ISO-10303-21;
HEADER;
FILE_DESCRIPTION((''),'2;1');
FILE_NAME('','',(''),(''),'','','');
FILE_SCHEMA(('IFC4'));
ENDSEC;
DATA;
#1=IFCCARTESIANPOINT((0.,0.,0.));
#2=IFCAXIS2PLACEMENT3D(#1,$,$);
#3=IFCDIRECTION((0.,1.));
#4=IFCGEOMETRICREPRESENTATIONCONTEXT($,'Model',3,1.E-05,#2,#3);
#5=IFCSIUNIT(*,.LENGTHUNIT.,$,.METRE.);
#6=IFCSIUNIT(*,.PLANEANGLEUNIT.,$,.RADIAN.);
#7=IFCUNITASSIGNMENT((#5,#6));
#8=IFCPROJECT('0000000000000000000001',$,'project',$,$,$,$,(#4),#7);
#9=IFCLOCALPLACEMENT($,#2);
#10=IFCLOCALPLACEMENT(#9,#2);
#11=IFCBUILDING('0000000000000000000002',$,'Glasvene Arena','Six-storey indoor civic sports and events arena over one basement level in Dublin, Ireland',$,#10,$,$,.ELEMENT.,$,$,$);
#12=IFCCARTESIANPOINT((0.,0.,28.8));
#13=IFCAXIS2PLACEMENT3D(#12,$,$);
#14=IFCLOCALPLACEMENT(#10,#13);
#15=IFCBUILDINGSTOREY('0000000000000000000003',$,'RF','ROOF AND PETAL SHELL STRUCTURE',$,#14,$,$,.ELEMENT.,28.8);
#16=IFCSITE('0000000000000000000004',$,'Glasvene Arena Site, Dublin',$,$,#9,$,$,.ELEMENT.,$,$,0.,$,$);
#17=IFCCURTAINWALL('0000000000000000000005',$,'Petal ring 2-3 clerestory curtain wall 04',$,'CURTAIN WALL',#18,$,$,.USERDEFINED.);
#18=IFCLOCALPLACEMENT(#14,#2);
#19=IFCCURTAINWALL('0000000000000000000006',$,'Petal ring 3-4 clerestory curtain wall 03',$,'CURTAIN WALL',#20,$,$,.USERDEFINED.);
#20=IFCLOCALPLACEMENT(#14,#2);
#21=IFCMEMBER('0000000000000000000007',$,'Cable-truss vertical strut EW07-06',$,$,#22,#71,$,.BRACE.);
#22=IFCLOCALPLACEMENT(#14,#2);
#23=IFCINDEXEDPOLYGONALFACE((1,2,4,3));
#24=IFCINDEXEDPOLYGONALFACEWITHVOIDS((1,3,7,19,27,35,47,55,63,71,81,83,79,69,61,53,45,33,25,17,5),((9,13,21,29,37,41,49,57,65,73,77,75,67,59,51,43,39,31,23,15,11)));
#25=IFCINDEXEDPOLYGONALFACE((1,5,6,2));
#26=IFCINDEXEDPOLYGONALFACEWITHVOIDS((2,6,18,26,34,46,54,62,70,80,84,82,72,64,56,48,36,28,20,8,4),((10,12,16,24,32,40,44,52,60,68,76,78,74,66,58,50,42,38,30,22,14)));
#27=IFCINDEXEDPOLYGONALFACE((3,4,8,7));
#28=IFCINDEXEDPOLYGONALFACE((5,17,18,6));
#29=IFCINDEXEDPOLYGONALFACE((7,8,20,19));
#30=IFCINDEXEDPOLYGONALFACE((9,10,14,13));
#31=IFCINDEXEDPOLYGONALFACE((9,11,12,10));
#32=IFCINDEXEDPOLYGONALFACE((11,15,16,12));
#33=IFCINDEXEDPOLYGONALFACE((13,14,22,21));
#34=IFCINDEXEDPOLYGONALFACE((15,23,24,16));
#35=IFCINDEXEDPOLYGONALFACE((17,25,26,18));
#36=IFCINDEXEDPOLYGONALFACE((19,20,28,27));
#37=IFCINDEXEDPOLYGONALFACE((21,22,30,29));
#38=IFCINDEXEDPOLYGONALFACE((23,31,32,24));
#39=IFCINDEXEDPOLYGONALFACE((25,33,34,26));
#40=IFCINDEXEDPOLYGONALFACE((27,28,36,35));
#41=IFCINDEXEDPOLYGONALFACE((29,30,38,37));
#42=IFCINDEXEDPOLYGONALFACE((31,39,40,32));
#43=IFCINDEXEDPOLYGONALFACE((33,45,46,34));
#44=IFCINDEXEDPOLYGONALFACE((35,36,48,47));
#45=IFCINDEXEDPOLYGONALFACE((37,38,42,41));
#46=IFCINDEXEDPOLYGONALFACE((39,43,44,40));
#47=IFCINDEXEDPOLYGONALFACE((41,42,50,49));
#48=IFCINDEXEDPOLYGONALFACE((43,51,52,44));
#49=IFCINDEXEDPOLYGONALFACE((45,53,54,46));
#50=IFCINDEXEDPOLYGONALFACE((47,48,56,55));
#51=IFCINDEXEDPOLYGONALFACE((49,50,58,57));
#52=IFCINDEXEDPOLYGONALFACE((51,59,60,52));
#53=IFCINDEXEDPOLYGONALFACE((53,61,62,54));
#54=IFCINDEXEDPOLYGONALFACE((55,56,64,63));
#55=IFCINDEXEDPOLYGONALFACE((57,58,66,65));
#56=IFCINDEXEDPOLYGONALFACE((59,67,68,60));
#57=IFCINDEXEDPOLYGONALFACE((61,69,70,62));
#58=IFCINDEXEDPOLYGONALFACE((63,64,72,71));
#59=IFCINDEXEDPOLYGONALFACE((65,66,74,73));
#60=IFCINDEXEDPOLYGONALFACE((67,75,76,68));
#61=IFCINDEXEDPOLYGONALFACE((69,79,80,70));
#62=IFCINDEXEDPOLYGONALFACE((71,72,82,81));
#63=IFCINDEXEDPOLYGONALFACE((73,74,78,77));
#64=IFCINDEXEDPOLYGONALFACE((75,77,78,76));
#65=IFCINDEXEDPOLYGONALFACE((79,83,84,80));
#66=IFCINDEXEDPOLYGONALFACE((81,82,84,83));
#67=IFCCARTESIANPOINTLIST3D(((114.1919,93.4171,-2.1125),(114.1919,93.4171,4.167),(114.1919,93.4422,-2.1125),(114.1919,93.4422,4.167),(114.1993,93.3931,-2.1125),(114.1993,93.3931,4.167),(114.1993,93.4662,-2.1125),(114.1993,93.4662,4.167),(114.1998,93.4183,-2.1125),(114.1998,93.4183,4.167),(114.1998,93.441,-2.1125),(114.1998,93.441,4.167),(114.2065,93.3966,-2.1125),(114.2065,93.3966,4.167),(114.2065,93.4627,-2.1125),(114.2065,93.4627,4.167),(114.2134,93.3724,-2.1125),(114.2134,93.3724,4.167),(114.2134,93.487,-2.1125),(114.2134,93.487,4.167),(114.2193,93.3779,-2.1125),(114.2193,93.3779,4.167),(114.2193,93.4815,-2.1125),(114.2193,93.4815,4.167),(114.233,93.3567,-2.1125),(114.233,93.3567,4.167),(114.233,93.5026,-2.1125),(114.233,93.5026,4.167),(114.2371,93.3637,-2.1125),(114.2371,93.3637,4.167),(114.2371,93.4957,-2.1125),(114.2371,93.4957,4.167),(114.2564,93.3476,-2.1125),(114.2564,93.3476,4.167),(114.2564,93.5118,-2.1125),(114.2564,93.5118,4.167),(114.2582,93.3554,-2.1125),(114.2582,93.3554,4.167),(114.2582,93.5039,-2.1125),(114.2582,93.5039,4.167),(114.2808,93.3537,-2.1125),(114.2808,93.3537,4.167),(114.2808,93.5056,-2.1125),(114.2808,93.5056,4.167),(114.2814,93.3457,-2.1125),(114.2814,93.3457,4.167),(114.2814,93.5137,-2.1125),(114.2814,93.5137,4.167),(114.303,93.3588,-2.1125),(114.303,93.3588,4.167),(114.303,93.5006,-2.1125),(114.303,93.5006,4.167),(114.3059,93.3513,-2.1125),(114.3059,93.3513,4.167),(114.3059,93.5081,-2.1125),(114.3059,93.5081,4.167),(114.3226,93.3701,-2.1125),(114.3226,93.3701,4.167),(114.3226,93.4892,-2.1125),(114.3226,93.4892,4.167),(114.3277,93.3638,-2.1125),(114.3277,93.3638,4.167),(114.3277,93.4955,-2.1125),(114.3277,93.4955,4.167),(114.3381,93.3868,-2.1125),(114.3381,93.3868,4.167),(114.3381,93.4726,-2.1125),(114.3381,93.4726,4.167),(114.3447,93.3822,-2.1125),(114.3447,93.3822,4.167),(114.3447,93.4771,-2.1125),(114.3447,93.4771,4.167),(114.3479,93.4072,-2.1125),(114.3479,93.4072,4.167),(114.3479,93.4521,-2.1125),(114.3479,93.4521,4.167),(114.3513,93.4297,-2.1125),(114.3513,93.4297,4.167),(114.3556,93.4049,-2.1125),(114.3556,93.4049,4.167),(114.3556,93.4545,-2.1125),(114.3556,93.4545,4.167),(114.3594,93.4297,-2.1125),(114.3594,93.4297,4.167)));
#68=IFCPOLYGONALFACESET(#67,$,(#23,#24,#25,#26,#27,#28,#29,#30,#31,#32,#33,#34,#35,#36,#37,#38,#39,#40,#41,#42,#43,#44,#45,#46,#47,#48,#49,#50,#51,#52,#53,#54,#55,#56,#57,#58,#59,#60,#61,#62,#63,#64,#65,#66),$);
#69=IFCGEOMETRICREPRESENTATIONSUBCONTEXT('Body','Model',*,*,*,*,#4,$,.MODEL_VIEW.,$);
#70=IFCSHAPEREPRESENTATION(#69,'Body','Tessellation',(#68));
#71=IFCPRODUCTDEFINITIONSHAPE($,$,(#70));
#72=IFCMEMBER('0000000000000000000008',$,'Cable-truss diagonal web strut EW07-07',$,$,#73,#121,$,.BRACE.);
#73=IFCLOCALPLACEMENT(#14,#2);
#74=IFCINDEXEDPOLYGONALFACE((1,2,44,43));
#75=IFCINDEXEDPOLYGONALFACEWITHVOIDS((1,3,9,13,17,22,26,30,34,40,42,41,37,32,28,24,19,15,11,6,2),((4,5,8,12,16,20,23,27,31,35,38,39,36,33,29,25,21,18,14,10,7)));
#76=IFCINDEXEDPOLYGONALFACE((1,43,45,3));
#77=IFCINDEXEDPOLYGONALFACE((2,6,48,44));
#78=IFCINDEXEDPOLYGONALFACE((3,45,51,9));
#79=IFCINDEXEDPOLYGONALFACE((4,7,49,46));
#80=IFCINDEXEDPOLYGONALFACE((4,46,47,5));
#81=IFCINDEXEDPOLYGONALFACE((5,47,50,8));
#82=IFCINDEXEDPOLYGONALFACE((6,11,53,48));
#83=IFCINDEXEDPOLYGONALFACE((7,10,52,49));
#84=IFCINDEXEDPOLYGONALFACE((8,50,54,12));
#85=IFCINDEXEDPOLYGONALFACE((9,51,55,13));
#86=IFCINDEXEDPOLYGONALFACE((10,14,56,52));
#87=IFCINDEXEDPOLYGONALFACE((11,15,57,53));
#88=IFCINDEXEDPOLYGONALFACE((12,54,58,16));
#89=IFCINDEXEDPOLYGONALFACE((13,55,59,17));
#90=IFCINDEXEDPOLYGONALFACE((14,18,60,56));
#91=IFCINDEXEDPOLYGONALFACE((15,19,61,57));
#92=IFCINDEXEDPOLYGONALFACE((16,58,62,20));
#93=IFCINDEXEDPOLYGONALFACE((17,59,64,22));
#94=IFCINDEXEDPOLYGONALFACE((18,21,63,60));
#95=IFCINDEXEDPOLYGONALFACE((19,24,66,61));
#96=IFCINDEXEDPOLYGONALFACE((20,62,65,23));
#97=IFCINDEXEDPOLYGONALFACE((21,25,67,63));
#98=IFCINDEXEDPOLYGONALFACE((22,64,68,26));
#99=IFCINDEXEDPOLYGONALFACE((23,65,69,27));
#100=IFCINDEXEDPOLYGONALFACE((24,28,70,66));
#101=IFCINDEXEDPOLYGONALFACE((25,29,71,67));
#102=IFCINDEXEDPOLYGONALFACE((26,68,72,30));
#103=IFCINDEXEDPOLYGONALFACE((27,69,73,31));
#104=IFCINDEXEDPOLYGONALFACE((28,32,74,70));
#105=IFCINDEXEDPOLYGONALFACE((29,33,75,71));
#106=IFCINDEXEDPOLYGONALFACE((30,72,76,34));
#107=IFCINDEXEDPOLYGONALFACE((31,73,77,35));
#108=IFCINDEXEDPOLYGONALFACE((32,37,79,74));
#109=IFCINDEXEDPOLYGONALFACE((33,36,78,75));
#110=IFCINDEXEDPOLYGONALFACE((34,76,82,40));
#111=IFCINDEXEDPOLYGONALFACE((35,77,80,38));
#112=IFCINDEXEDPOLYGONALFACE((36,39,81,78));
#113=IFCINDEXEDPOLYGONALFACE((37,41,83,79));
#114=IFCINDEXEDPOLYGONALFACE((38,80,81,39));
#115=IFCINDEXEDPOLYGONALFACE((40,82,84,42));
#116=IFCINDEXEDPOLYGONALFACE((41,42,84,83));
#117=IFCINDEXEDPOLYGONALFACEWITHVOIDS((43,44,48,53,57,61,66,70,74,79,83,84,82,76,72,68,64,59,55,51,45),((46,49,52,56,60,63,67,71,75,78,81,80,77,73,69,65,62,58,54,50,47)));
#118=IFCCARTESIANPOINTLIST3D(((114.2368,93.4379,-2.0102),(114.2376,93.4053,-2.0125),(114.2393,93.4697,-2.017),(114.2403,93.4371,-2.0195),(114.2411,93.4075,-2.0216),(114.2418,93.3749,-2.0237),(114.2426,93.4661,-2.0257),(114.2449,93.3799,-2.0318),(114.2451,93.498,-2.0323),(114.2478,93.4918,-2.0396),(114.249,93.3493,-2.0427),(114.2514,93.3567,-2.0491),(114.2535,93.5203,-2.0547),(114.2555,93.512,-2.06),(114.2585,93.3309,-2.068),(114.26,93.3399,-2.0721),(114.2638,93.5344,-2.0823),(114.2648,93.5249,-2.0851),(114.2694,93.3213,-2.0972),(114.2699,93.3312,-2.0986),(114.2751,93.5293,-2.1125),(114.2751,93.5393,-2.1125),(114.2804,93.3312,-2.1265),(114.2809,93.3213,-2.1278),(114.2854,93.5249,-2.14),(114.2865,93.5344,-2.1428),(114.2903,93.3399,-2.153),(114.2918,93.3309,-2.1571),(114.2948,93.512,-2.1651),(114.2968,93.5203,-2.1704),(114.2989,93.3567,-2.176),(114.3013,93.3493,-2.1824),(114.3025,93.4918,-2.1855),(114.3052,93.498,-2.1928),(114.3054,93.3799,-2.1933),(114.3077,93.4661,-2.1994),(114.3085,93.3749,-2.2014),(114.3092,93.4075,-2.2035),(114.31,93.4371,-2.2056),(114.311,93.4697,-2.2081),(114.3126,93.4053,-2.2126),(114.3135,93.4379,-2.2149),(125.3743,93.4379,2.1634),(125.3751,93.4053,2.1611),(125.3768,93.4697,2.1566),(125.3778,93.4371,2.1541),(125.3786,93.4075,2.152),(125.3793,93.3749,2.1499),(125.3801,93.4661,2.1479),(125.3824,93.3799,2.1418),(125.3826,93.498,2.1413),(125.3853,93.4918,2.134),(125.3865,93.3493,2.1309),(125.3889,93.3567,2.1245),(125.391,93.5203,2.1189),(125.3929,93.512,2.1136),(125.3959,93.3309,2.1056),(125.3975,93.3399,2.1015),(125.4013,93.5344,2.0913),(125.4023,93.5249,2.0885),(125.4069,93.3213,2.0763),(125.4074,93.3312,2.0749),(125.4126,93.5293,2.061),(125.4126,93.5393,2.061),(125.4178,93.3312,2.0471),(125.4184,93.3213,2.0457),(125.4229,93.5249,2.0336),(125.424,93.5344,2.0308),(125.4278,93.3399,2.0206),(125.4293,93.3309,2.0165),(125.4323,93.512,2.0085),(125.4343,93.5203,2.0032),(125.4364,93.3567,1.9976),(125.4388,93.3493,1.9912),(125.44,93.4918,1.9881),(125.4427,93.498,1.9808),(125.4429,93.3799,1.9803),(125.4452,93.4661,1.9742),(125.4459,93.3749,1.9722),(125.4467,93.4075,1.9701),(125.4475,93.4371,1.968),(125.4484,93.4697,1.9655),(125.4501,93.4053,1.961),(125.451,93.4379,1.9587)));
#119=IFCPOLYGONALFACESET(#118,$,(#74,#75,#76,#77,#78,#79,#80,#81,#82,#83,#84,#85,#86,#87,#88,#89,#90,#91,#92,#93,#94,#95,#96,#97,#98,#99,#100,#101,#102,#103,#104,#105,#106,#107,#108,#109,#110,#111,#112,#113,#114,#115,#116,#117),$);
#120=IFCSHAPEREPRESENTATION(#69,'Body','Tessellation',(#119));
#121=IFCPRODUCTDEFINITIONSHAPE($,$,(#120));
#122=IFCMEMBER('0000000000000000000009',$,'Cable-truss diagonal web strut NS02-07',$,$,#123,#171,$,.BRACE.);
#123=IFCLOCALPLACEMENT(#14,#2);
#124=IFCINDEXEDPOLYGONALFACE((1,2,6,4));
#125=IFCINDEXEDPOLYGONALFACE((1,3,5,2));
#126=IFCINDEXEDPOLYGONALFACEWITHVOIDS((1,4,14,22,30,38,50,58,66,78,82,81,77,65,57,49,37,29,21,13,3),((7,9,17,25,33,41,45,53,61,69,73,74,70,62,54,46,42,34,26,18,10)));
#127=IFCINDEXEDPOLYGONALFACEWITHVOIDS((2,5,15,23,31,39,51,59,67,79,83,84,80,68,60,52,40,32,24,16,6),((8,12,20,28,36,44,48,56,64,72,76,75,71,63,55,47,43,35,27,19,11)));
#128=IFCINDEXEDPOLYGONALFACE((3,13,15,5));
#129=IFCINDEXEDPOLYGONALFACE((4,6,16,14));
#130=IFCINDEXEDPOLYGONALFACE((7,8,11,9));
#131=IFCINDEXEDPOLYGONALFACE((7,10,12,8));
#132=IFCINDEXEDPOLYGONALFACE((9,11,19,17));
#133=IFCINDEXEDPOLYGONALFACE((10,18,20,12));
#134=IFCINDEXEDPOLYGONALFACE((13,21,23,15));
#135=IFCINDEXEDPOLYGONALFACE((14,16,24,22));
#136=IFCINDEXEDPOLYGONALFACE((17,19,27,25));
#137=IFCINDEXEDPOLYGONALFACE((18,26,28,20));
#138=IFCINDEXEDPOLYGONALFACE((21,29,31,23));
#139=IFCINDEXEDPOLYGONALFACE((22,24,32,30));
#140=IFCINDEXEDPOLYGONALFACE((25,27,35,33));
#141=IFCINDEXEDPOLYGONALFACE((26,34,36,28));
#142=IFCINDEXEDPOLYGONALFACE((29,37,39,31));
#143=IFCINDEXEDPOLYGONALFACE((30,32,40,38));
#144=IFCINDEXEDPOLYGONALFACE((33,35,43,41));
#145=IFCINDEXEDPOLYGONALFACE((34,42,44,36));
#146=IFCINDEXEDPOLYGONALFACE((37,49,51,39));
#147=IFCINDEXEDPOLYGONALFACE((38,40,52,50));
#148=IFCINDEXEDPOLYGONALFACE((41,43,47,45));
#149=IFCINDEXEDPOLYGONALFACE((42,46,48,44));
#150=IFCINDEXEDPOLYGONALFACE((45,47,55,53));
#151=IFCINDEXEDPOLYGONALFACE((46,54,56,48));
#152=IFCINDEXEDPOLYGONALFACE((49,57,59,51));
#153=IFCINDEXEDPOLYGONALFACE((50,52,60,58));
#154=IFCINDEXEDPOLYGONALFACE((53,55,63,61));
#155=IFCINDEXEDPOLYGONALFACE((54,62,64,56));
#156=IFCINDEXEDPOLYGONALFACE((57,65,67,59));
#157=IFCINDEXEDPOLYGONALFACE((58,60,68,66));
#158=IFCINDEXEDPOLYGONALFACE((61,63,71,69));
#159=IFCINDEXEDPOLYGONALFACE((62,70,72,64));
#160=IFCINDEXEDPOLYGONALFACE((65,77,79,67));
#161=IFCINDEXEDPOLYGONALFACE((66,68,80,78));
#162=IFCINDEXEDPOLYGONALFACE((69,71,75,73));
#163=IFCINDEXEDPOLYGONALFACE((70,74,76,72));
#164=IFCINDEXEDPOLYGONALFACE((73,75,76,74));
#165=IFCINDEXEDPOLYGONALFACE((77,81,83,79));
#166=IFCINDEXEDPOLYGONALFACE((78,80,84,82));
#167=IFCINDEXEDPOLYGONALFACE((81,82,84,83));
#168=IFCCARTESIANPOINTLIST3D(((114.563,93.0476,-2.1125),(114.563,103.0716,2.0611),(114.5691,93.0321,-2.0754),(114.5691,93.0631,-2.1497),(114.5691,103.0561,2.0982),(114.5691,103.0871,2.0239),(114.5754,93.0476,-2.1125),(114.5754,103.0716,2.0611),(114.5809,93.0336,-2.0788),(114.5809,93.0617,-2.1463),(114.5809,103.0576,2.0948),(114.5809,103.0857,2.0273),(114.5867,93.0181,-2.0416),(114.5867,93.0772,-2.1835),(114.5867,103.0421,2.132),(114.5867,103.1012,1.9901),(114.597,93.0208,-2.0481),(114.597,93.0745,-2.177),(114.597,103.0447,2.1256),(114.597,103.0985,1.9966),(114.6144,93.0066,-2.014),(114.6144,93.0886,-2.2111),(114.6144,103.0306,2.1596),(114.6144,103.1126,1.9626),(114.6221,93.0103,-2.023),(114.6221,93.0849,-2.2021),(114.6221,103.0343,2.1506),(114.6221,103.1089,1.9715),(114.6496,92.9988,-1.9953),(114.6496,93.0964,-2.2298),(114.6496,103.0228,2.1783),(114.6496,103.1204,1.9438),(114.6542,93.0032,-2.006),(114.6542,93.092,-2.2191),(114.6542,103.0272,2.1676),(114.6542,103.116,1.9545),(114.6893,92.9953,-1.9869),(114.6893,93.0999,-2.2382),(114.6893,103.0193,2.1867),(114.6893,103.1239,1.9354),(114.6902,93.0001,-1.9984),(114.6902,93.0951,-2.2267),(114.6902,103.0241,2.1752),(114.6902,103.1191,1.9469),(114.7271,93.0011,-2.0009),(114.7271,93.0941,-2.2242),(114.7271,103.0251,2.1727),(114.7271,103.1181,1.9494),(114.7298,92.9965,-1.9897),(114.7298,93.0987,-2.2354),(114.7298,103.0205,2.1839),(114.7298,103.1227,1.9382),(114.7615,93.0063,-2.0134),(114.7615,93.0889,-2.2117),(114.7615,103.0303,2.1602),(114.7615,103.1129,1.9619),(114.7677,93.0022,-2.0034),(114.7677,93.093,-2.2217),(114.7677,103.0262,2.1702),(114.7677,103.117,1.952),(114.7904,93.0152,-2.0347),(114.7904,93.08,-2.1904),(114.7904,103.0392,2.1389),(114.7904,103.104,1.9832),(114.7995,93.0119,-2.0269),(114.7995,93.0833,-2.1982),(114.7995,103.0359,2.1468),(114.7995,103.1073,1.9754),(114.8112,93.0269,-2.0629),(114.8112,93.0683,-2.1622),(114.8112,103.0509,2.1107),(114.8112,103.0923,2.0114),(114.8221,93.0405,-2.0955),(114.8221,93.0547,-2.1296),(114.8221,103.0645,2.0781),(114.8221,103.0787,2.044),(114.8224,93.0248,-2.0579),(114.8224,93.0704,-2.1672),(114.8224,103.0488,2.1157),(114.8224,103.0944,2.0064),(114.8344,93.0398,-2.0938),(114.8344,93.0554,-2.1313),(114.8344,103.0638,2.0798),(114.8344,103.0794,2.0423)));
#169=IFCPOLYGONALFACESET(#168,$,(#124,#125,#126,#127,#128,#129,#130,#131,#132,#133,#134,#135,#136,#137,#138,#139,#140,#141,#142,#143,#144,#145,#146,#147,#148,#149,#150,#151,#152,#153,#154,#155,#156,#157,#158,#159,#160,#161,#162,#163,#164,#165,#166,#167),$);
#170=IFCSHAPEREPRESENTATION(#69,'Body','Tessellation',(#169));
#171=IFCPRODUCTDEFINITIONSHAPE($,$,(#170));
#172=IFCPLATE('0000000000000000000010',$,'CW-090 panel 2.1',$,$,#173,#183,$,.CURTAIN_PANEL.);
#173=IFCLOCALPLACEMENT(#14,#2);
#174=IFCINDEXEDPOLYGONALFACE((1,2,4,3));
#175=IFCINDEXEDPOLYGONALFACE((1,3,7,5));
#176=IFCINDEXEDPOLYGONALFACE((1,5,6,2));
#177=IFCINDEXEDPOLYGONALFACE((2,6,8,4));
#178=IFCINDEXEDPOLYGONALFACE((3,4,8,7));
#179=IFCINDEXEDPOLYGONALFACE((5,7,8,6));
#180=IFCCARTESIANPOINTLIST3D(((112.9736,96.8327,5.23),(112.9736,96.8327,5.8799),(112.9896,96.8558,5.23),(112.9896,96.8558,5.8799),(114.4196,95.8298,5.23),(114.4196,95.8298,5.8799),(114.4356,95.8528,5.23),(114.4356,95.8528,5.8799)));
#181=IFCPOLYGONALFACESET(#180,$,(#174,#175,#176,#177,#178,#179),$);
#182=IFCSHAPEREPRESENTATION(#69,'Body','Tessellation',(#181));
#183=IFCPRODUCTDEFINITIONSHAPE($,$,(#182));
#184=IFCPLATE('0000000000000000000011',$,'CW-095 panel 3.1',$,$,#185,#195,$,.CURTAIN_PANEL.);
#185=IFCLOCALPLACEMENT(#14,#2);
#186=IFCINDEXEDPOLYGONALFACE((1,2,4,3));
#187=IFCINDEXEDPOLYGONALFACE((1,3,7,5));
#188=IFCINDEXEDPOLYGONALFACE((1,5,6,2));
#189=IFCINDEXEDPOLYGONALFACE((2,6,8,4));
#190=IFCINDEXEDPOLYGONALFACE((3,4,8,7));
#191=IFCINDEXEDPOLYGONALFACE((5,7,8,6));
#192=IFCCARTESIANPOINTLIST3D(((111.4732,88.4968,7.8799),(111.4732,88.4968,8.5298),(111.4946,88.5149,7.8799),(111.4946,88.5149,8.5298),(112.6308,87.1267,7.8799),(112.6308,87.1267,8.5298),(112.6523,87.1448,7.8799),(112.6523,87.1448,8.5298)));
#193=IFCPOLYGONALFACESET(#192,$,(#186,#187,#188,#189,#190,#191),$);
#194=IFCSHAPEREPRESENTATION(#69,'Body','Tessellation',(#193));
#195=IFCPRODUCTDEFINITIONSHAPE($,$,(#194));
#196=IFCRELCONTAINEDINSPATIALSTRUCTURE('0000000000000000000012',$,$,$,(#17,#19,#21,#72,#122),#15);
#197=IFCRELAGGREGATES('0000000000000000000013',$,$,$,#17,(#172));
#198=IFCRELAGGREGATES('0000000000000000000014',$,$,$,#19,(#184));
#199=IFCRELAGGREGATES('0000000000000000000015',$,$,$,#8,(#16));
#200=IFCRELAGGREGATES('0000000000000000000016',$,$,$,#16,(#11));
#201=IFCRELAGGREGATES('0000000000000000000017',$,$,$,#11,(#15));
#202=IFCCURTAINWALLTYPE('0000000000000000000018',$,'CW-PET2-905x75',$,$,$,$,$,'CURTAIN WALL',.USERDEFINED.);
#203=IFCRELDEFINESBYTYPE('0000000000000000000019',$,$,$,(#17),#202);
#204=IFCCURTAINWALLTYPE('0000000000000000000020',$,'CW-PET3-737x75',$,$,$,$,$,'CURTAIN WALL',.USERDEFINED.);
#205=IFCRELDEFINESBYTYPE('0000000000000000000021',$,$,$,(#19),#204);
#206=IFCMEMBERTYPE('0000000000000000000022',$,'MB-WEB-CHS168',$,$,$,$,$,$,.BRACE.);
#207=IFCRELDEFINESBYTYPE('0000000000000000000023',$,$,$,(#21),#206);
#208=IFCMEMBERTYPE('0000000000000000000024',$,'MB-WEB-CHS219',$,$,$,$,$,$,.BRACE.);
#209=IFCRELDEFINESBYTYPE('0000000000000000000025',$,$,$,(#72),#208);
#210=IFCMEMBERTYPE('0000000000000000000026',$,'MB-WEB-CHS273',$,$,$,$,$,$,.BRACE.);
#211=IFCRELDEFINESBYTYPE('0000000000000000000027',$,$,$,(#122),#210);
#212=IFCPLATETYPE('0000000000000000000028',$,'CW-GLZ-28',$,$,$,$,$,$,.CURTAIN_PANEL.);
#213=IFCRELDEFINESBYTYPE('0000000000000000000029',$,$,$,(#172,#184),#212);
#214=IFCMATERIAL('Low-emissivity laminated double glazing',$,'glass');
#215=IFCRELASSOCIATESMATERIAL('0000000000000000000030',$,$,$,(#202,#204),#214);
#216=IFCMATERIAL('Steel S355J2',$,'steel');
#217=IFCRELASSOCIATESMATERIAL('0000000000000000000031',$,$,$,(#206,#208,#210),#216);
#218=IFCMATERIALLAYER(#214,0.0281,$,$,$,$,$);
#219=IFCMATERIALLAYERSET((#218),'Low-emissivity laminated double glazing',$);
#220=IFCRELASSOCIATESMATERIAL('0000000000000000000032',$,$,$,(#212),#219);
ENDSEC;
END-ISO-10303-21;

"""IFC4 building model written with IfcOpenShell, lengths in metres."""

from ifc_helpers import new_model, si_unit, direction, frame, origin, origin_2d, place, context, subcontext, project, spatial, rectangle, hollow_circle, extrude, material, layer, layer_set, material_profile, profile_set, type_object, element, aggregate, save


model = new_model("IFC4")

# Units and contexts
model_context = context("Model", 3, precision=1e-05, world=origin(), true_north=direction((0.0, 1.0)))
body_context = subcontext(model_context, "Body", "Model", "MODEL_VIEW")
ifc_project = project(units=[si_unit("LENGTHUNIT", "METRE"), si_unit("PLANEANGLEUNIT", "RADIAN")], contexts=[model_context])

# Site, building, storey
site_placement = place(None, origin())
site = spatial("IfcSite", under=ifc_project, at=site_placement, Name="Glasvene Arena Site, Dublin", CompositionType="ELEMENT", RefElevation=0.0)
building_placement = place(site_placement, origin())
building = spatial("IfcBuilding", under=site, at=building_placement, Name="Glasvene Arena", Description="Six-storey indoor civic sports and events arena over one basement level in Dublin, Ireland", CompositionType="ELEMENT")
storey_placement = place(building_placement, frame((0.0, 0.0, 28.8)))
storey = spatial("IfcBuildingStorey", under=building, at=storey_placement, Name="RF", Description="ROOF AND PETAL SHELL STRUCTURE", CompositionType="ELEMENT", Elevation=28.8)

# Curtain wall
ifc_material_1 = material(Name="Low-emissivity laminated double glazing", Category="glass")
curtain_wall_type_1 = type_object("IfcCurtainWallType", Name="CW-PET2-905x75", ElementType="CURTAIN WALL", PredefinedType="USERDEFINED", material=ifc_material_1)
curtain_wall_1_placement = place(storey_placement, frame((115.9351, 94.7957, 0.0)))
curtain_wall_1 = element("IfcCurtainWall", 1, at=curtain_wall_1_placement, inside=storey, type_object=curtain_wall_type_1, Name="Petal ring 2-3 clerestory curtain wall 04", ObjectType="CURTAIN WALL", PredefinedType="USERDEFINED")

# Curtain wall
curtain_wall_type_2 = type_object("IfcCurtainWallType", Name="CW-PET3-737x75", ElementType="CURTAIN WALL", PredefinedType="USERDEFINED", material=ifc_material_1)
curtain_wall_2_placement = place(storey_placement, frame((115.0376, 84.3, 0.0)))
curtain_wall_2 = element("IfcCurtainWall", 2, at=curtain_wall_2_placement, inside=storey, type_object=curtain_wall_type_2, Name="Petal ring 3-4 clerestory curtain wall 03", ObjectType="CURTAIN WALL", PredefinedType="USERDEFINED")

# Members
ifc_material_2 = material(Name="Steel S355J2", Category="steel")
ifc_material_profile_1 = material_profile(ifc_material_2, hollow_circle(Radius=0.0842, WallThickness=0.0081, at=origin_2d()), Name="CHS 168.3x8.0")
ifc_profile_set_1 = profile_set([ifc_material_profile_1], Name="Steel S355J2")
member_type_1 = type_object("IfcMemberType", Name="MB-WEB-CHS168", PredefinedType="BRACE", material=ifc_profile_set_1)
member_1_placement = place(storey_placement, frame((114.2751, 93.4297, -2.1125), z_axis=(0.0, 0.0, 1.0), x_axis=(1.0, 0.0, 0.0)))
element("IfcMember", 3, at=member_1_placement, inside=storey, type_object=member_type_1, Name="Cable-truss vertical strut EW07-06", PredefinedType="BRACE", context=body_context, shape_type="SweptSolid", body=[
    extrude(hollow_circle(Radius=0.0842, WallThickness=0.0081, at=origin_2d()), origin(), (0.0, 0.0, 1.0), 6.2795),
])
ifc_material_profile_2 = material_profile(ifc_material_2, hollow_circle(Radius=0.1096, WallThickness=0.01, at=origin_2d()), Name="CHS 219.1x10.0")
ifc_profile_set_2 = profile_set([ifc_material_profile_2], Name="Steel S355J2")
member_type_2 = type_object("IfcMemberType", Name="MB-WEB-CHS219", PredefinedType="BRACE", material=ifc_profile_set_2)
member_2_placement = place(storey_placement, frame((114.2751, 93.4297, -2.1125), z_axis=(0.936411, 0.0, 0.350905), x_axis=(0.0, 1.0, 0.0)))
element("IfcMember", 4, at=member_2_placement, inside=storey, type_object=member_type_2, Name="Cable-truss diagonal web strut EW07-07", PredefinedType="BRACE", context=body_context, shape_type="SweptSolid", body=[
    extrude(hollow_circle(Radius=0.1096, WallThickness=0.01, at=origin_2d()), origin(), (0.0, 0.0, 1.0), 11.8938),
])
ifc_material_profile_3 = material_profile(ifc_material_2, hollow_circle(Radius=0.1365, WallThickness=0.0125, at=origin_2d()), Name="CHS 273.0x12.5")
ifc_profile_set_3 = profile_set([ifc_material_profile_3], Name="Steel S355J2")
member_type_3 = type_object("IfcMemberType", Name="MB-WEB-CHS273", PredefinedType="BRACE", material=ifc_profile_set_3)
member_3_placement = place(storey_placement, frame((114.6995, 93.0476, -2.1125), z_axis=(0.0, 0.923177, 0.384376), x_axis=(-1.0, 0.0, 0.0)))
element("IfcMember", 5, at=member_3_placement, inside=storey, type_object=member_type_3, Name="Cable-truss diagonal web strut NS02-07", PredefinedType="BRACE", context=body_context, shape_type="SweptSolid", body=[
    extrude(hollow_circle(Radius=0.1365, WallThickness=0.0125, at=origin_2d()), origin(), (0.0, 0.0, 1.0), 10.8582),
])

# Plates
ifc_layer_1 = layer(ifc_material_1, 0.0281)
ifc_layer_set_1 = layer_set([ifc_layer_1], Name="Low-emissivity laminated double glazing")
plate_type_1 = type_object("IfcPlateType", Name="CW-GLZ-28", PredefinedType="CURTAIN_PANEL", material=ifc_layer_set_1)
plate_1_placement = place(storey_placement, frame((113.7046, 96.3428, 5.23), z_axis=(0.0, 0.0, 1.0), x_axis=(-0.821699, 0.569921, 0.0)))
plate_1 = element("IfcPlate", 6, at=plate_1_placement, type_object=plate_type_1, Name="CW-090 panel 2.1", PredefinedType="CURTAIN_PANEL", context=body_context, shape_type="SweptSolid", body=[
    extrude(rectangle(XDim=1.7598, YDim=0.0281, at=origin_2d()), origin(), (0.0, 0.0, 1.0), 0.6499),
])
aggregate(curtain_wall_1, [plate_1])
plate_2_placement = place(storey_placement, frame((112.0627, 87.8208, 7.8799), z_axis=(0.0, 0.0, 1.0), x_axis=(-0.645394, 0.76385, 0.0)))
plate_2 = element("IfcPlate", 7, at=plate_2_placement, type_object=plate_type_1, Name="CW-095 panel 3.1", PredefinedType="CURTAIN_PANEL", context=body_context, shape_type="SweptSolid", body=[
    extrude(rectangle(XDim=1.7937, YDim=0.0281, at=origin_2d()), origin(), (0.0, 0.0, 1.0), 0.6499),
])
aggregate(curtain_wall_2, [plate_2])

save(model, "model.ifc")
